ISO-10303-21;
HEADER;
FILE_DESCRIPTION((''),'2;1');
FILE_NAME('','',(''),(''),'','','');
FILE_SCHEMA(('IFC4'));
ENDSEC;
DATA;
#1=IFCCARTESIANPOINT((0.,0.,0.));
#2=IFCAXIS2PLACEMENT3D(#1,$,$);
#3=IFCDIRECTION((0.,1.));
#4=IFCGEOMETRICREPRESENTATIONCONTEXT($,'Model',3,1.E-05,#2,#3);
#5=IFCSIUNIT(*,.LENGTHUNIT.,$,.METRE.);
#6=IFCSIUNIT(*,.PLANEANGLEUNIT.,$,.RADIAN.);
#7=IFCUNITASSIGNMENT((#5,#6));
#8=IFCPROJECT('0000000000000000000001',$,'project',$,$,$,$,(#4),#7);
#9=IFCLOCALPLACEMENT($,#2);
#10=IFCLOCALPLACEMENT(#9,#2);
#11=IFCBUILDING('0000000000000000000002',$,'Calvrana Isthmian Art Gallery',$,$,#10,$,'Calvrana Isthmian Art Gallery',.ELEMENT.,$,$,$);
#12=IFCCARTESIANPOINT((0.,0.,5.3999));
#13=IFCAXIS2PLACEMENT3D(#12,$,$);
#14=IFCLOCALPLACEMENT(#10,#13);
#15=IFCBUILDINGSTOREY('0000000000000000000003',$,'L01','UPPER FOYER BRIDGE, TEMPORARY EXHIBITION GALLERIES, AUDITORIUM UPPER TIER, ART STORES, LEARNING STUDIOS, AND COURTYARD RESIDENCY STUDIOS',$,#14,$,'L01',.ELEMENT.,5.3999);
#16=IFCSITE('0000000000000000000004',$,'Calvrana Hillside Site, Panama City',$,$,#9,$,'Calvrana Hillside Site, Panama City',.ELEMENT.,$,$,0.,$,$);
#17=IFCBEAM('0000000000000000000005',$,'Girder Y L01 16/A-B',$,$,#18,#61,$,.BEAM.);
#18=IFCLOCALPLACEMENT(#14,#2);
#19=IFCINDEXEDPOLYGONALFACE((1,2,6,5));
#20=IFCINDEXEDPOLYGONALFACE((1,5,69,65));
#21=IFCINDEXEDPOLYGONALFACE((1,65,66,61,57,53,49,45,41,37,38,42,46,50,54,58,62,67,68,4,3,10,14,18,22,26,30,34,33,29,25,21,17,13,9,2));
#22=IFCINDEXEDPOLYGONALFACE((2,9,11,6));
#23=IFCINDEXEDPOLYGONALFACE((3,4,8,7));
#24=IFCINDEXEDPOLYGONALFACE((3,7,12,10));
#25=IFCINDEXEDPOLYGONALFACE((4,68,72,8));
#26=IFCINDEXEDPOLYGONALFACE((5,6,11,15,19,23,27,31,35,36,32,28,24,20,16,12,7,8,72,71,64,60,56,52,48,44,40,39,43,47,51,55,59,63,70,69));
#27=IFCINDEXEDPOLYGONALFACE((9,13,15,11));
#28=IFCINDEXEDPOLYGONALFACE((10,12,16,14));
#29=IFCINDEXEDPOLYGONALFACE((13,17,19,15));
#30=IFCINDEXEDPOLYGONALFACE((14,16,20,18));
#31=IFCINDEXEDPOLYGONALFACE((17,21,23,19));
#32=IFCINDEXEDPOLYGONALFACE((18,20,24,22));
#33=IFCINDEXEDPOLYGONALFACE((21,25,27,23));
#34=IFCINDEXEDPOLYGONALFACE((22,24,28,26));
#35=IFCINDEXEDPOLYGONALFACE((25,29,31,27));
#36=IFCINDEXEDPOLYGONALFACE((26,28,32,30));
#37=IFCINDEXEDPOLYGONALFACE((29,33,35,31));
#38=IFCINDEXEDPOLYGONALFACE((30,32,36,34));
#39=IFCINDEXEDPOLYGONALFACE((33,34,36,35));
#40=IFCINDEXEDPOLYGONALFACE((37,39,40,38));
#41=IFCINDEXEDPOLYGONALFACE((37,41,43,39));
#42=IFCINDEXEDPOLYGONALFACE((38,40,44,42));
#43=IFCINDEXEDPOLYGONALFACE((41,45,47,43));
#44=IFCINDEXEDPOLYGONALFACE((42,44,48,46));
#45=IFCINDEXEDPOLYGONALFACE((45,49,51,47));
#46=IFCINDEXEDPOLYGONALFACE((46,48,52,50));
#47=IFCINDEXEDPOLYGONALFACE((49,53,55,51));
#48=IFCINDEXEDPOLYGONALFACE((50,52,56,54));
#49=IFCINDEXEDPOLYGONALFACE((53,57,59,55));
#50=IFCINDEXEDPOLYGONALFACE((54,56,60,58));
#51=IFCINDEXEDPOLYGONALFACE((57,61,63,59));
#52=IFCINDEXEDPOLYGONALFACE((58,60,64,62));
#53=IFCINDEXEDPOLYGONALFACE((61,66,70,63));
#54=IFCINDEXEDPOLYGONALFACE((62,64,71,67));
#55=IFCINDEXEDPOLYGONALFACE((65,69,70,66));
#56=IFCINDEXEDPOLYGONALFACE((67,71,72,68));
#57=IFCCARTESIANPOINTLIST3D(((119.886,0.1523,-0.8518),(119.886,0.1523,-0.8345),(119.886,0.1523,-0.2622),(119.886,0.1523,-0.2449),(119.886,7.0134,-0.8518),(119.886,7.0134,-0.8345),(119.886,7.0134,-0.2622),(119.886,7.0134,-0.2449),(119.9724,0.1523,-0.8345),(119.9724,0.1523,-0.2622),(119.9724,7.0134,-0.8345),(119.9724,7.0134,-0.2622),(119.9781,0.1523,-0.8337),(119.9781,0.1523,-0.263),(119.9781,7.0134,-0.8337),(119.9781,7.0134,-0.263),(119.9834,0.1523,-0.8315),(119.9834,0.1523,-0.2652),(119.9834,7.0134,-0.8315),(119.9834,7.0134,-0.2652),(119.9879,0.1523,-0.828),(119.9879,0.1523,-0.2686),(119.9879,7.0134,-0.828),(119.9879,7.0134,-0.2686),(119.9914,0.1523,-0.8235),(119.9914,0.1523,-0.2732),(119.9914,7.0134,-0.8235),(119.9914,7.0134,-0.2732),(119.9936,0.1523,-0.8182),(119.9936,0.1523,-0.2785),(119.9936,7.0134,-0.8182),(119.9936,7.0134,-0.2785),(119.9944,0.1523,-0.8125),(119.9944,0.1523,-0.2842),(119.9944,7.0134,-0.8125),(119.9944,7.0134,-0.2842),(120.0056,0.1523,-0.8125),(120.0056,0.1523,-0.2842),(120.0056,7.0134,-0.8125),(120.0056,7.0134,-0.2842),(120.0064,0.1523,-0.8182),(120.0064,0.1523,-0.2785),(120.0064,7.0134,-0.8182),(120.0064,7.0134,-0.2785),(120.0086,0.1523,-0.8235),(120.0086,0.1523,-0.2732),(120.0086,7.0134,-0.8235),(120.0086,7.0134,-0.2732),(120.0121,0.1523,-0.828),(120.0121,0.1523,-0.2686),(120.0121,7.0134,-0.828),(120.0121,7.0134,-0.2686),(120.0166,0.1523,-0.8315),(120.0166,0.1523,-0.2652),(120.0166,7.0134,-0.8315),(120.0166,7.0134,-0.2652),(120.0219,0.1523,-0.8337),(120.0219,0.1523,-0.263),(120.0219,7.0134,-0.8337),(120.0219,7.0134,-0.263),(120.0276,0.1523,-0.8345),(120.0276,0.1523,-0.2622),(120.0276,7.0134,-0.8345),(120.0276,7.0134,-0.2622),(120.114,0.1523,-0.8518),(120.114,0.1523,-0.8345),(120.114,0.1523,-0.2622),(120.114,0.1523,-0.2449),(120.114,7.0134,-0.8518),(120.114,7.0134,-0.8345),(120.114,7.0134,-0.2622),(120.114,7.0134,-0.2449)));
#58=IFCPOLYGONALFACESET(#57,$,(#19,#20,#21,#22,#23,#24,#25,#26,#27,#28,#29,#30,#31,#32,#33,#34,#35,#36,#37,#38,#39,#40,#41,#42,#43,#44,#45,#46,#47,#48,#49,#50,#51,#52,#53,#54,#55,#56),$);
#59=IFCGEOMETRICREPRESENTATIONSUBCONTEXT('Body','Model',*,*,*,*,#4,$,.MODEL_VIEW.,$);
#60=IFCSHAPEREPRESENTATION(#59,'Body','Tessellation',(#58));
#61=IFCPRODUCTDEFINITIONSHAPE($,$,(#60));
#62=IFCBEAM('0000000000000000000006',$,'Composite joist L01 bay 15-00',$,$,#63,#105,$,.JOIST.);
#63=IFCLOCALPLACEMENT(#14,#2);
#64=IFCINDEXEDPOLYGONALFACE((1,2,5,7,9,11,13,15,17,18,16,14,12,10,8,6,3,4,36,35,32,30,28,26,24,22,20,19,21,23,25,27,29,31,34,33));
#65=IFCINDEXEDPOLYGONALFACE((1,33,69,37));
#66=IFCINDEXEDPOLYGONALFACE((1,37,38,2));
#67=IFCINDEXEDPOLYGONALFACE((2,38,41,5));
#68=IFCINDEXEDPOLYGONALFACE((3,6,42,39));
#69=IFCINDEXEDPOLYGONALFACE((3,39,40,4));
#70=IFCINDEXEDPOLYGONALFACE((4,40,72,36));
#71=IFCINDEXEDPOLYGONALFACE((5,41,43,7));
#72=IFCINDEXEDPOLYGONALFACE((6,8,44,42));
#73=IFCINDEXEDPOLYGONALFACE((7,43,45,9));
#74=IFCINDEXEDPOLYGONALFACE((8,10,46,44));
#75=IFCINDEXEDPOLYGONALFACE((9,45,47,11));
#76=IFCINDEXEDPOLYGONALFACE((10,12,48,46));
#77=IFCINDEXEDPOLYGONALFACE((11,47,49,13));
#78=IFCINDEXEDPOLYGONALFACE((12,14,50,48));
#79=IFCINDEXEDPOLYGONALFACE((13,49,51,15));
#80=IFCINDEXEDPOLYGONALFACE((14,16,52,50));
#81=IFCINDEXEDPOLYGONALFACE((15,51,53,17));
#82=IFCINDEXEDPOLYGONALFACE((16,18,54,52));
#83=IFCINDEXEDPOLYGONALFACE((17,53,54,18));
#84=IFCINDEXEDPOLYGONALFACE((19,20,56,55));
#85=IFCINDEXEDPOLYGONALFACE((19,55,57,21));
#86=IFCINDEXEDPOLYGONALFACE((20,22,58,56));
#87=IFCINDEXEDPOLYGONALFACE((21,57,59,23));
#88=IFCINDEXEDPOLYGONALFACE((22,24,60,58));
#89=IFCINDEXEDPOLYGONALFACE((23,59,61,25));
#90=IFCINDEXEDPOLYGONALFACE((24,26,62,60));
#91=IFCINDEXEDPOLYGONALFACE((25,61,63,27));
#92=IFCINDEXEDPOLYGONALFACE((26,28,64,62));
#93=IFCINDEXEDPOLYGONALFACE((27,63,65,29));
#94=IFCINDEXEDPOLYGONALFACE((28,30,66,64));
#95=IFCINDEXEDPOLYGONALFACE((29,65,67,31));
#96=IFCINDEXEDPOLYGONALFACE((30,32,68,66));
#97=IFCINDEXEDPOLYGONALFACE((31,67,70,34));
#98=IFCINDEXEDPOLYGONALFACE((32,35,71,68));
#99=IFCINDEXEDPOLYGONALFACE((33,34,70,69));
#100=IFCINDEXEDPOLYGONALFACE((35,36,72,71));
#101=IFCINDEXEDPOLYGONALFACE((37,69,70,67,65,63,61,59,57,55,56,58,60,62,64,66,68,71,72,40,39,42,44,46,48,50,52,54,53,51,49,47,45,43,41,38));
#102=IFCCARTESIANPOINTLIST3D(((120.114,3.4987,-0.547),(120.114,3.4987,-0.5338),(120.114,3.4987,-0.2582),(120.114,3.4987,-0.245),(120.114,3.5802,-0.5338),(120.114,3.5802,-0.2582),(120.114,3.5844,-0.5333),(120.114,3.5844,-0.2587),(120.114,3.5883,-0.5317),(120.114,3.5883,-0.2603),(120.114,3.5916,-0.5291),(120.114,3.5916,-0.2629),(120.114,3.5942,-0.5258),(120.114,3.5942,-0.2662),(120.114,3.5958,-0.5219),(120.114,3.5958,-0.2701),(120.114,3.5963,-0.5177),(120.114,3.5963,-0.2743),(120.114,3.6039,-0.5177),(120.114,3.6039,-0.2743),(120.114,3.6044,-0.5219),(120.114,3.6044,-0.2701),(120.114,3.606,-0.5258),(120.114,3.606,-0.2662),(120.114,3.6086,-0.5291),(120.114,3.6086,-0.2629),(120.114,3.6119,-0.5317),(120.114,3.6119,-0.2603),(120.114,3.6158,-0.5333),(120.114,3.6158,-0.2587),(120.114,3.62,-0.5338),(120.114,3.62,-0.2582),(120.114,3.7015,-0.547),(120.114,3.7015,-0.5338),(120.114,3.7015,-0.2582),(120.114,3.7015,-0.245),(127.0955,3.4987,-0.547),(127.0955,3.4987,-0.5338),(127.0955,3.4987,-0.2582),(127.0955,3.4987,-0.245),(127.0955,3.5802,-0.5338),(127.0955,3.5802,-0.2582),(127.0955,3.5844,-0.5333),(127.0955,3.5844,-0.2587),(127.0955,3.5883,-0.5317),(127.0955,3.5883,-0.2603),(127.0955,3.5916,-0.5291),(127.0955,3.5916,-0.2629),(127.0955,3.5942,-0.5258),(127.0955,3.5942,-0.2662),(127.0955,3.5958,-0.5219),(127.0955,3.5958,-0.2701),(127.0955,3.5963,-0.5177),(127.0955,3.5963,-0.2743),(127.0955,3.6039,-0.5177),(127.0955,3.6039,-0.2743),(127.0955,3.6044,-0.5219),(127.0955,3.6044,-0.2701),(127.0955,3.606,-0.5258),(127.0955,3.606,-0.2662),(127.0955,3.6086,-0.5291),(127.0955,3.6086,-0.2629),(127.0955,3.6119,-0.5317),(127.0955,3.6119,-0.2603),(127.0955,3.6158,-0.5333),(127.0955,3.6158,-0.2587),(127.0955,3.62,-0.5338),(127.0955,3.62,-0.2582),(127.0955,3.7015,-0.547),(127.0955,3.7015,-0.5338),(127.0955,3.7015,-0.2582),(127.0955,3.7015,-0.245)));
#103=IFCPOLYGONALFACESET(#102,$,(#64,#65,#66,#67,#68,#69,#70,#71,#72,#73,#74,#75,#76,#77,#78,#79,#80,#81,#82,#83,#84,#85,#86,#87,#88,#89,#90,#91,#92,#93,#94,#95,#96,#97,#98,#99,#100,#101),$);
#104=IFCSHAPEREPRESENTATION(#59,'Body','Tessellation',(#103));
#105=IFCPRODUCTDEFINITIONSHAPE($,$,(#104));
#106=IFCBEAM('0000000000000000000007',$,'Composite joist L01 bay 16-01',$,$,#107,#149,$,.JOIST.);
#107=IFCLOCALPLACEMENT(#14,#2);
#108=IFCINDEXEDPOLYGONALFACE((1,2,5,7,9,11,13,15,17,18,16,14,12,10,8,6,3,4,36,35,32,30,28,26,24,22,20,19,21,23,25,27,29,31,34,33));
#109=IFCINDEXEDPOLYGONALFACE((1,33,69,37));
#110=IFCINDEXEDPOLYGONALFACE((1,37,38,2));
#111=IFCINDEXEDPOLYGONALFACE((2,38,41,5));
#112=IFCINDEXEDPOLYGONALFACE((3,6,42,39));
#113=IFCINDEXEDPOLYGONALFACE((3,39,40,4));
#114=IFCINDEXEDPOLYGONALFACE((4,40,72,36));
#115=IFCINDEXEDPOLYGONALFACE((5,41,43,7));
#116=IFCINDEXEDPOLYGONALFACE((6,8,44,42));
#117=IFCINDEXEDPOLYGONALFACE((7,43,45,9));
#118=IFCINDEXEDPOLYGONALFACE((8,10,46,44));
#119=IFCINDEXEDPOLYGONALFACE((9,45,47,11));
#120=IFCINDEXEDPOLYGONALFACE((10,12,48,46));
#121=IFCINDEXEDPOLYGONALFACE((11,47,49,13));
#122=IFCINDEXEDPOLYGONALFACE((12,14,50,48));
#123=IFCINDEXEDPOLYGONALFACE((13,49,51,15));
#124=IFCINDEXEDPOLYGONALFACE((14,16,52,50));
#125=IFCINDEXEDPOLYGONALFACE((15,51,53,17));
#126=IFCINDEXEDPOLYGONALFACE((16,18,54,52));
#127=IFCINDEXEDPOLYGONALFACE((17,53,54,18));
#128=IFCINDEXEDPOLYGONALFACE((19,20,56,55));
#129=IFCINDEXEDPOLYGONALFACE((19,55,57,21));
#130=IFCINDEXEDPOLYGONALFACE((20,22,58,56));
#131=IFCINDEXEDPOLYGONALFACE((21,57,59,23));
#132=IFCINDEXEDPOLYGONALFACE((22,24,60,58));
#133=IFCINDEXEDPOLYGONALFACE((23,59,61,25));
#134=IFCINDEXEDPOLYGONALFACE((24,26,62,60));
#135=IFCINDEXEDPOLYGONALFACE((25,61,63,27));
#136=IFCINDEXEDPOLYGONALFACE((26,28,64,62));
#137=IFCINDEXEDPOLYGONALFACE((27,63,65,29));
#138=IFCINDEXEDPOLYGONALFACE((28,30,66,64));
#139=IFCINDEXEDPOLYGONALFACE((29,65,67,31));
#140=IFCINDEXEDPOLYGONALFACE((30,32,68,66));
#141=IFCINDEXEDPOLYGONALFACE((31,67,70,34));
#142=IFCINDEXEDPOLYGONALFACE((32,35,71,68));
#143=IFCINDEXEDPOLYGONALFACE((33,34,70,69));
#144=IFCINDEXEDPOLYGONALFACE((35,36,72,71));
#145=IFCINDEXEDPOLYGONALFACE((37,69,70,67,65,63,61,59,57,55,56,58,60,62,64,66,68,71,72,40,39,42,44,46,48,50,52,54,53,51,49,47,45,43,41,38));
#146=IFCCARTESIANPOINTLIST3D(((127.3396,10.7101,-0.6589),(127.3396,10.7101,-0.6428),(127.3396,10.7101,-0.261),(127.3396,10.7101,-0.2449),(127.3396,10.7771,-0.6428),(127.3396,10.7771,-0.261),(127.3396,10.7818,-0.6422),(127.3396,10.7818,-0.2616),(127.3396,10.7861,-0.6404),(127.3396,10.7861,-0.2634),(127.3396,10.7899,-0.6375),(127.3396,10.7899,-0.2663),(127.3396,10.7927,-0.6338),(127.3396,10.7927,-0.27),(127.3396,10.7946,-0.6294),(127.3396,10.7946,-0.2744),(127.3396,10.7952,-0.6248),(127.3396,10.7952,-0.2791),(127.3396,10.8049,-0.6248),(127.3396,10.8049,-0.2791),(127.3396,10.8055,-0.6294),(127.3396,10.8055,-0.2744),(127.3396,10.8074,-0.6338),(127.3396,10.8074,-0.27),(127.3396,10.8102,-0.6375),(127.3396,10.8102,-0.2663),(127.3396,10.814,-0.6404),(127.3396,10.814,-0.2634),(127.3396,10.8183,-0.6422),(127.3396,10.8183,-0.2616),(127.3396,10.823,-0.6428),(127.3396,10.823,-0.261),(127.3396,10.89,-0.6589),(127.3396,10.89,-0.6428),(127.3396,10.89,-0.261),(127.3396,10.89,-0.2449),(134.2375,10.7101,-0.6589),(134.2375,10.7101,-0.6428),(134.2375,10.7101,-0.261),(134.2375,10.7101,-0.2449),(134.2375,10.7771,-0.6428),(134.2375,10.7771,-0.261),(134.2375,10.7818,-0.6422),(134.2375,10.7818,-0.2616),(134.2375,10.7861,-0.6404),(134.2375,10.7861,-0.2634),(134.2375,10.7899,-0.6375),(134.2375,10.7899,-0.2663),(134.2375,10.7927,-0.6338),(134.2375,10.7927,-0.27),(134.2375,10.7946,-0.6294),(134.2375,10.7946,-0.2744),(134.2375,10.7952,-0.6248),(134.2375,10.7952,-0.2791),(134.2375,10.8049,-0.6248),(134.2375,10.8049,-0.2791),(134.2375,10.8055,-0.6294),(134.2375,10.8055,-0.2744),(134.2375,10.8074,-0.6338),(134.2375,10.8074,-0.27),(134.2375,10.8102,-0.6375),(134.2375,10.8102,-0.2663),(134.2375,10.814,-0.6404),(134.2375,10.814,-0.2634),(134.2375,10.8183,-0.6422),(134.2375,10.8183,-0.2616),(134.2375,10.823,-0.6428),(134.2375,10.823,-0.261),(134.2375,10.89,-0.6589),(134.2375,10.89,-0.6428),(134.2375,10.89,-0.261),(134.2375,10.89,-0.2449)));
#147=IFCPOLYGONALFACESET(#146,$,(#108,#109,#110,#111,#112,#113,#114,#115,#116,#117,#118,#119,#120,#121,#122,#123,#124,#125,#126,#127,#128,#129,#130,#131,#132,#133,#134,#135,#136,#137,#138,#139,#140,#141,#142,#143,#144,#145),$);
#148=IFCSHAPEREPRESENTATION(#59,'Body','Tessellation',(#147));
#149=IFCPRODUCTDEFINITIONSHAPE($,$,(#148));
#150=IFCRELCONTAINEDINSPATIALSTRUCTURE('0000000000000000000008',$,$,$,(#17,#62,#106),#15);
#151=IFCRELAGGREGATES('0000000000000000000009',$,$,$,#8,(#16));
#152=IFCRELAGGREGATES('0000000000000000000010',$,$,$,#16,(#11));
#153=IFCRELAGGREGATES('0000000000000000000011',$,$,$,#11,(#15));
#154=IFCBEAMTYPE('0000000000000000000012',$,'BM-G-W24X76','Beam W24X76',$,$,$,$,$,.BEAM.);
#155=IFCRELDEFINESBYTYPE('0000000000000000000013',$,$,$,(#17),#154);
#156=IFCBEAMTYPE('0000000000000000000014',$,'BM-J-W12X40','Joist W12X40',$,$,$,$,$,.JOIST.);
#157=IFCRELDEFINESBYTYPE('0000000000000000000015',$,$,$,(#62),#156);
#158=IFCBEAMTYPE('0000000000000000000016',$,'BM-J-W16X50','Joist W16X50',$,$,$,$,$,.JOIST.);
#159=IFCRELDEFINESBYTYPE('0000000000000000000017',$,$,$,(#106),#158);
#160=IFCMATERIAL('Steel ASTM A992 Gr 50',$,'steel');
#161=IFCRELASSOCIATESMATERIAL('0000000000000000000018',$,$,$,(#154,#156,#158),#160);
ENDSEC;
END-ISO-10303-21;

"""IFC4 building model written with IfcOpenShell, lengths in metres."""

from ifc_helpers import new_model, si_unit, direction, frame, origin, origin_2d, place, context, subcontext, project, spatial, i_section, extrude, material, material_profile, profile_set, type_object, element, save


model = new_model("IFC4")

# Units and contexts
model_context = context("Model", 3, precision=1e-05, world=origin(), true_north=direction((0.0, 1.0)))
body_context = subcontext(model_context, "Body", "Model", "MODEL_VIEW")
ifc_project = project(units=[si_unit("LENGTHUNIT", "METRE"), si_unit("PLANEANGLEUNIT", "RADIAN")], contexts=[model_context])

# Site, building, storey
site_placement = place(None, origin())
site = spatial("IfcSite", under=ifc_project, at=site_placement, Name="Calvrana Hillside Site, Panama City", LongName="Calvrana Hillside Site, Panama City", CompositionType="ELEMENT", RefElevation=0.0)
building_placement = place(site_placement, origin())
building = spatial("IfcBuilding", under=site, at=building_placement, Name="Calvrana Isthmian Art Gallery", LongName="Calvrana Isthmian Art Gallery", CompositionType="ELEMENT")
storey_placement = place(building_placement, frame((0.0, 0.0, 5.3999)))
storey = spatial("IfcBuildingStorey", under=building, at=storey_placement, Name="L01", Description="UPPER FOYER BRIDGE, TEMPORARY EXHIBITION GALLERIES, AUDITORIUM UPPER TIER, ART STORES, LEARNING STUDIOS, AND COURTYARD RESIDENCY STUDIOS", LongName="L01", CompositionType="ELEMENT", Elevation=5.3999)

# Beams
ifc_material_1 = material(Name="Steel ASTM A992 Gr 50", Category="steel")
ifc_material_profile_1 = material_profile(ifc_material_1, i_section(OverallWidth=0.228, OverallDepth=0.6069, WebThickness=0.0112, FlangeThickness=0.0173, FilletRadius=0.022, at=origin_2d()), Name="W24X76")
ifc_profile_set_1 = profile_set([ifc_material_profile_1], Name="Steel ASTM A992 Gr 50")
beam_type_1 = type_object("IfcBeamType", Name="BM-G-W24X76", Description="Beam W24X76", PredefinedType="BEAM", material=ifc_profile_set_1)
beam_1_placement = place(storey_placement, frame((120.0, 0.1523, -0.5483), z_axis=(0.0, 1.0, 0.0), x_axis=(-1.0, 0.0, 0.0)))
element("IfcBeam", 1, at=beam_1_placement, inside=storey, type_object=beam_type_1, Name="Girder Y L01 16/A-B", PredefinedType="BEAM", context=body_context, shape_type="SweptSolid", body=[
    extrude(i_section(OverallWidth=0.228, OverallDepth=0.6069, WebThickness=0.0112, FlangeThickness=0.0173, FilletRadius=0.022, at=origin_2d()), origin(), (0.0, 0.0, 1.0), 6.8611),
])
ifc_material_profile_2 = material_profile(ifc_material_1, i_section(OverallWidth=0.2029, OverallDepth=0.302, WebThickness=0.0076, FlangeThickness=0.0132, FilletRadius=0.0161, at=origin_2d()), Name="W12X40")
ifc_profile_set_2 = profile_set([ifc_material_profile_2], Name="Steel ASTM A992 Gr 50")
beam_type_2 = type_object("IfcBeamType", Name="BM-J-W12X40", Description="Joist W12X40", PredefinedType="JOIST", material=ifc_profile_set_2)
beam_2_placement = place(storey_placement, frame((120.114, 3.6001, -0.396), z_axis=(1.0, 0.0, 0.0), x_axis=(0.0, 1.0, 0.0)))
element("IfcBeam", 2, at=beam_2_placement, inside=storey, type_object=beam_type_2, Name="Composite joist L01 bay 15-00", PredefinedType="JOIST", context=body_context, shape_type="SweptSolid", body=[
    extrude(i_section(OverallWidth=0.2029, OverallDepth=0.302, WebThickness=0.0076, FlangeThickness=0.0132, FilletRadius=0.0161, at=origin_2d()), origin(), (0.0, 0.0, 1.0), 6.9814),
])
ifc_material_profile_3 = material_profile(ifc_material_1, i_section(OverallWidth=0.1799, OverallDepth=0.4141, WebThickness=0.0098, FlangeThickness=0.0161, FilletRadius=0.0181, at=origin_2d()), Name="W16X50")
ifc_profile_set_3 = profile_set([ifc_material_profile_3], Name="Steel ASTM A992 Gr 50")
beam_type_3 = type_object("IfcBeamType", Name="BM-J-W16X50", Description="Joist W16X50", PredefinedType="JOIST", material=ifc_profile_set_3)
beam_3_placement = place(storey_placement, frame((127.3396, 10.8, -0.4519), z_axis=(1.0, 0.0, 0.0), x_axis=(0.0, 1.0, 0.0)))
element("IfcBeam", 3, at=beam_3_placement, inside=storey, type_object=beam_type_3, Name="Composite joist L01 bay 16-01", PredefinedType="JOIST", context=body_context, shape_type="SweptSolid", body=[
    extrude(i_section(OverallWidth=0.1799, OverallDepth=0.4141, WebThickness=0.0098, FlangeThickness=0.0161, FilletRadius=0.0181, at=origin_2d()), origin(), (0.0, 0.0, 1.0), 6.8979),
])

save(model, "model.ifc")
